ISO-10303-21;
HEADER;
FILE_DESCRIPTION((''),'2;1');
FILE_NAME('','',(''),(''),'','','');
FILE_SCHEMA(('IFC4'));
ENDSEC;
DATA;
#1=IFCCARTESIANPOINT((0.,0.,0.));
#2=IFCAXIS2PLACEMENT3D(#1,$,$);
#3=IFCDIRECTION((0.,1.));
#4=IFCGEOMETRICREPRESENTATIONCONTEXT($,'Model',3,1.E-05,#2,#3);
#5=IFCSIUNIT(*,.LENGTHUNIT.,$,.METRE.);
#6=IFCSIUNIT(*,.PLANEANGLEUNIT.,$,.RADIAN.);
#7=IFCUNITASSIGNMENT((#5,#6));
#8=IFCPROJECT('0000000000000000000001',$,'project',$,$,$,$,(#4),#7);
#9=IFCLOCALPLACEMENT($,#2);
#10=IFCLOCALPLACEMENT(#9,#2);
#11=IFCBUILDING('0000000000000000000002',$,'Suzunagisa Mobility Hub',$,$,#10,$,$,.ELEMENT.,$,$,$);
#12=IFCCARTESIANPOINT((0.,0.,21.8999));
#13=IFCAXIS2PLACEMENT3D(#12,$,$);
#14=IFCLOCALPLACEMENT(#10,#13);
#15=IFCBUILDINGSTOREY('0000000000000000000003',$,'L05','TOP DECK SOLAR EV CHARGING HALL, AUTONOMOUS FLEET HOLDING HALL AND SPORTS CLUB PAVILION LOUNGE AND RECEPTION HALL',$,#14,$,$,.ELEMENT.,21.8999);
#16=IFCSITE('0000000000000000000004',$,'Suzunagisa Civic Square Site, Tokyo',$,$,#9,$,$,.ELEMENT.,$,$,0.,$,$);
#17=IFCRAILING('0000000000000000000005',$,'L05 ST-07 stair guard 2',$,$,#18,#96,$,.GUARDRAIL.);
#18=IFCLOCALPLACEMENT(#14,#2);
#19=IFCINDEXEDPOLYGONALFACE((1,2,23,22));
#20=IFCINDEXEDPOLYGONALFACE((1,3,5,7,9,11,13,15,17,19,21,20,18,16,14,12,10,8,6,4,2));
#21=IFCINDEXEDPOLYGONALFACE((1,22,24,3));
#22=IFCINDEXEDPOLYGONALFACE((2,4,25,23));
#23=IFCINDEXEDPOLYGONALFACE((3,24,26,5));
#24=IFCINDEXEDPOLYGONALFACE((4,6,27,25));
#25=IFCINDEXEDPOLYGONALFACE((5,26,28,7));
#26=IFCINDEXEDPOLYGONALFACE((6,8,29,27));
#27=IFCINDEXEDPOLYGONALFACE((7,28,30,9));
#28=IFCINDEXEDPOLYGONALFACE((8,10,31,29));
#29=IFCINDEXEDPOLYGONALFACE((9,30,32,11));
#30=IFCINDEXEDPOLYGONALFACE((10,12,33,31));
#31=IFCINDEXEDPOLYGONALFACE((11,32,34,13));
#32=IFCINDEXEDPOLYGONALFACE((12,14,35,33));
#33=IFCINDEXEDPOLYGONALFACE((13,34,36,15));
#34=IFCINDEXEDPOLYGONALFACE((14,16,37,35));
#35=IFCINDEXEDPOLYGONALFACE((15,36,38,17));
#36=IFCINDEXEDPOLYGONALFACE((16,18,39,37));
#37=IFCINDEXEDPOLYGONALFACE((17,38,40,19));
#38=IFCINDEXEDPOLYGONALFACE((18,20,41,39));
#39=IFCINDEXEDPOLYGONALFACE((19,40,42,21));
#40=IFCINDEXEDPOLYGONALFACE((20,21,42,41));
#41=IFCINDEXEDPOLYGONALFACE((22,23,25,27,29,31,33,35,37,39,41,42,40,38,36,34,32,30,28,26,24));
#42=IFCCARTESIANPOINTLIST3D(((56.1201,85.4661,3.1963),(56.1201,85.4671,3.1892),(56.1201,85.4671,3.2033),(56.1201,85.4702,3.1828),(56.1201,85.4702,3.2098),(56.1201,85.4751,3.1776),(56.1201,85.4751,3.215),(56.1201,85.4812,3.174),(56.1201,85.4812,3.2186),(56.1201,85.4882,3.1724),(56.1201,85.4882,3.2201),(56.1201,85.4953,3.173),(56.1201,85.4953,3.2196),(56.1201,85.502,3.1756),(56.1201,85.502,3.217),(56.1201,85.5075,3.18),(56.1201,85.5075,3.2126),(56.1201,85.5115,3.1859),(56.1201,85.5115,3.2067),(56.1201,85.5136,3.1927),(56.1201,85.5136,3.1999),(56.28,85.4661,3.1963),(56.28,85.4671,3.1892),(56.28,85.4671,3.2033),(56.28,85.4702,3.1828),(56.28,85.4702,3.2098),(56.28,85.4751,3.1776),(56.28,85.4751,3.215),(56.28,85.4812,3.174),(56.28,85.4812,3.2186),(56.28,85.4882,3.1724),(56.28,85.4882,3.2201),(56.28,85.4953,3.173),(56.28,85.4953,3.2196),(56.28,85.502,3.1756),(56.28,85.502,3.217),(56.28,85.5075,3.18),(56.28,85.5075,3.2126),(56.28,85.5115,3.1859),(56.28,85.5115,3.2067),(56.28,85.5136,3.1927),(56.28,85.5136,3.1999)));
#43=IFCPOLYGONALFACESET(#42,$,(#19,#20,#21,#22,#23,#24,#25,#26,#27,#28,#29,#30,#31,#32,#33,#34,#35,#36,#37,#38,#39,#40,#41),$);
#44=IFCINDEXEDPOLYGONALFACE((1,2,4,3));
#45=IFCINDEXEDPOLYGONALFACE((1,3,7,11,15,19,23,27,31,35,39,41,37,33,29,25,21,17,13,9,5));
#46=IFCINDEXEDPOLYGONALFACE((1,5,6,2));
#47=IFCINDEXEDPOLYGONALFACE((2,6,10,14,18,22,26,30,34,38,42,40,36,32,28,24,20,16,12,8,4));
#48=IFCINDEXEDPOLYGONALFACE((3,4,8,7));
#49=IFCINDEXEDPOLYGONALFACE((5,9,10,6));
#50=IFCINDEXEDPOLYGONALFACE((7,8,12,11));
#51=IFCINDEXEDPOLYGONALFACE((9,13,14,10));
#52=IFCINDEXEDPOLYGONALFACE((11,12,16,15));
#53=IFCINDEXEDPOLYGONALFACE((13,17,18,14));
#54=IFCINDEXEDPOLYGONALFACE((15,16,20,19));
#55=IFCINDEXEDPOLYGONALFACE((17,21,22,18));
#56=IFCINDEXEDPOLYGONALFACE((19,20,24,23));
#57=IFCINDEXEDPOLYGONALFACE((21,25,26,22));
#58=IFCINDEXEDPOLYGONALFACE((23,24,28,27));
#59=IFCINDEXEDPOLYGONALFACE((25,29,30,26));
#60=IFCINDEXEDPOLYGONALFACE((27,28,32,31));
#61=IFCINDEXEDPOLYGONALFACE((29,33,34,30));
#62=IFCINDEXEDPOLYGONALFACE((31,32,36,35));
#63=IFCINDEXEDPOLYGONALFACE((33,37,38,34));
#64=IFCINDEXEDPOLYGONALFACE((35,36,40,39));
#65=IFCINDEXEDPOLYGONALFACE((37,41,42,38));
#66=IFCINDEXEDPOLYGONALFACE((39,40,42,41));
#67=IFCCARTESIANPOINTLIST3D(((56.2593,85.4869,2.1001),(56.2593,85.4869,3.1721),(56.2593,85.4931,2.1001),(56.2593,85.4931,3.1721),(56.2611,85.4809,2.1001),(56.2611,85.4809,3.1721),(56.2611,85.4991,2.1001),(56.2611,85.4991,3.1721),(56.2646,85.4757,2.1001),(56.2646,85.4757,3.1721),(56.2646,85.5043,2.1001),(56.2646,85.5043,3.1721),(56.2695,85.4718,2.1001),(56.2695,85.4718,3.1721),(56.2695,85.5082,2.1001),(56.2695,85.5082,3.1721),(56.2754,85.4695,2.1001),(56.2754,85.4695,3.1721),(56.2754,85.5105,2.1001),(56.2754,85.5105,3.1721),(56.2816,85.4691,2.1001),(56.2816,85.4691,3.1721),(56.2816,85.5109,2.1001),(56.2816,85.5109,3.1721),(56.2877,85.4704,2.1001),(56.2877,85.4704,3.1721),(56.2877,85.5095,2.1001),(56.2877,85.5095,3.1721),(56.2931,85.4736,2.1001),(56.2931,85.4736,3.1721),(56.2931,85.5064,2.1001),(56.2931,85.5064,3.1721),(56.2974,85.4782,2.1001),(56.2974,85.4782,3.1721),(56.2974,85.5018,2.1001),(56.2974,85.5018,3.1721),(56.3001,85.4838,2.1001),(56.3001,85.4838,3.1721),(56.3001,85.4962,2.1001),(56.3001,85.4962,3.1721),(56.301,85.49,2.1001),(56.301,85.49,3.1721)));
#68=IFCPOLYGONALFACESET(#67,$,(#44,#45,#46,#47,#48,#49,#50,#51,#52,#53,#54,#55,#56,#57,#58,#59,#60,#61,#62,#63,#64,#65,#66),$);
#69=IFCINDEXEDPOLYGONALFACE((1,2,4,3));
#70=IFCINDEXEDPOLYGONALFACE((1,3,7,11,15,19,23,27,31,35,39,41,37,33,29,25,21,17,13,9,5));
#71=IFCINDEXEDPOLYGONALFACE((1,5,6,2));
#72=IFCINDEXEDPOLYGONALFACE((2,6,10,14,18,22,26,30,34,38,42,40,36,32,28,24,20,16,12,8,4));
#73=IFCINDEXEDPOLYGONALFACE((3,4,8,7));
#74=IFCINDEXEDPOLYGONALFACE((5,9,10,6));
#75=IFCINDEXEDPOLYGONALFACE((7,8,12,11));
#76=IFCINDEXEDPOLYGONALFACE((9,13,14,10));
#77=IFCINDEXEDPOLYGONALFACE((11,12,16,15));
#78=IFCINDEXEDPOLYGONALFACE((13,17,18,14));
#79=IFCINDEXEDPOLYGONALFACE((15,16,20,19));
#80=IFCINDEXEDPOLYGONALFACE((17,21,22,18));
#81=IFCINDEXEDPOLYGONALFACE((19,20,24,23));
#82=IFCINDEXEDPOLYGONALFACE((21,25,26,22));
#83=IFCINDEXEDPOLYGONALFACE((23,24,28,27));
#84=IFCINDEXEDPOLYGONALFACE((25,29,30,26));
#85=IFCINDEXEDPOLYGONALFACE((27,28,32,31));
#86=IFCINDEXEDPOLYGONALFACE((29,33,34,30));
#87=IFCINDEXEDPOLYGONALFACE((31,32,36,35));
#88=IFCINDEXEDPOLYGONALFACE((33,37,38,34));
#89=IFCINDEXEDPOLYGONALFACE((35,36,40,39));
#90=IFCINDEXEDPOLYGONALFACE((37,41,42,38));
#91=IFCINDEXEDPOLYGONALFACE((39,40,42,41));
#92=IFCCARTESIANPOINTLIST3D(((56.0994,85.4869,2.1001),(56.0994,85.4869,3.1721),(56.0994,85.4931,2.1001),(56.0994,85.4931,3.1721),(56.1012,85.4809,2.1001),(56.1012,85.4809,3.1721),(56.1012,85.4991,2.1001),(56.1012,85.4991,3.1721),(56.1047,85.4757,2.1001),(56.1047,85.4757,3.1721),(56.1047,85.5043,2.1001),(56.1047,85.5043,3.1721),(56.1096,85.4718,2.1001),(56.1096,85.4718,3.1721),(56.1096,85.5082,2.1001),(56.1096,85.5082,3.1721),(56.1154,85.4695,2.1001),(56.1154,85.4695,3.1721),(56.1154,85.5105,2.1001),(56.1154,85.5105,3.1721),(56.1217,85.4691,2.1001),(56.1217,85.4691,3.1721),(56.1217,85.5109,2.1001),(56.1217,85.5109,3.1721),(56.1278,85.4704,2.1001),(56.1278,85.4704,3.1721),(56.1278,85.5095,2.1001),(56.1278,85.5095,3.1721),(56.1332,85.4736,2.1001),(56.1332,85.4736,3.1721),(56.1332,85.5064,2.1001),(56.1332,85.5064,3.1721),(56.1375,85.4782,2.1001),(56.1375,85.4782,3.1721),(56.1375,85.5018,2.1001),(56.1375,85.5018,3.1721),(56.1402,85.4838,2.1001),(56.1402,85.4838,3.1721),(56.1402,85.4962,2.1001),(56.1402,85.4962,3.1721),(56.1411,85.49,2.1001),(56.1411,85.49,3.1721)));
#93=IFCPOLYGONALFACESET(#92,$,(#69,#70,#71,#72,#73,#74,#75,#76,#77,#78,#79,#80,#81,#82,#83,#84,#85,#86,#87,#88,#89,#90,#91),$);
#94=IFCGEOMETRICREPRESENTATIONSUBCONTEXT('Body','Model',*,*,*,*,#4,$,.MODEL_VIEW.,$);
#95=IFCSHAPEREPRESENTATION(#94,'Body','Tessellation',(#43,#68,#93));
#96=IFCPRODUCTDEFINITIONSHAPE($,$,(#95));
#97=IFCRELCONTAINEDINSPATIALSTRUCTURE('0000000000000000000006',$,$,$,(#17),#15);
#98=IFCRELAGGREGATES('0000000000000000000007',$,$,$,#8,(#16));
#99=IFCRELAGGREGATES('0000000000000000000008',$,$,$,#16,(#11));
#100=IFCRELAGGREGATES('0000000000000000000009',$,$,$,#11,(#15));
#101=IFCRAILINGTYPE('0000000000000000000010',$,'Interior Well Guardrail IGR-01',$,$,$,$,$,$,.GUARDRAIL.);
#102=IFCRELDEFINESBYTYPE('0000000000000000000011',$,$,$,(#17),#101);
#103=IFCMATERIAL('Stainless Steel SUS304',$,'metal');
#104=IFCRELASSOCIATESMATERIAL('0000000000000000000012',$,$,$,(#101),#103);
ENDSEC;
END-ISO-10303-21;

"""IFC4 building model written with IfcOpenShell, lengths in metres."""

from ifc_helpers import new_model, si_unit, direction, frame, origin, origin_2d, place, context, subcontext, project, spatial, circle, extrude, material, type_object, element, save


model = new_model("IFC4")

# Units and contexts
model_context = context("Model", 3, precision=1e-05, world=origin(), true_north=direction((0.0, 1.0)))
body_context = subcontext(model_context, "Body", "Model", "MODEL_VIEW")
ifc_project = project(units=[si_unit("LENGTHUNIT", "METRE"), si_unit("PLANEANGLEUNIT", "RADIAN")], contexts=[model_context])

# Site, building, storey
site_placement = place(None, origin())
site = spatial("IfcSite", under=ifc_project, at=site_placement, Name="Suzunagisa Civic Square Site, Tokyo", CompositionType="ELEMENT", RefElevation=0.0)
building_placement = place(site_placement, origin())
building = spatial("IfcBuilding", under=site, at=building_placement, Name="Suzunagisa Mobility Hub", CompositionType="ELEMENT")
storey_placement = place(building_placement, frame((0.0, 0.0, 21.8999)))
storey = spatial("IfcBuildingStorey", under=building, at=storey_placement, Name="L05", Description="TOP DECK SOLAR EV CHARGING HALL, AUTONOMOUS FLEET HOLDING HALL AND SPORTS CLUB PAVILION LOUNGE AND RECEPTION HALL", CompositionType="ELEMENT", Elevation=21.8999)

# Railing
ifc_material_1 = material(Name="Stainless Steel SUS304", Category="metal")
railing_type_1 = type_object("IfcRailingType", Name="Interior Well Guardrail IGR-01", PredefinedType="GUARDRAIL", material=ifc_material_1)
railing_1_placement = place(storey_placement, frame((56.28, 85.49, 2.1001)))
element("IfcRailing", 1, at=railing_1_placement, inside=storey, type_object=railing_type_1, Name="L05 ST-07 stair guard 2", PredefinedType="GUARDRAIL", context=body_context, shape_type="SweptSolid", body=[
    extrude(circle(Radius=0.0239, at=origin_2d()), frame((0.0, 0.0, 1.0962), z_axis=(-1.0, 0.0, 0.0), x_axis=(0.0, -1.0, 0.0)), (0.0, 0.0, 1.0), 0.1599),
    extrude(circle(Radius=0.021, at=origin_2d()), origin(), (0.0, 0.0, 1.0), 1.072),
    extrude(circle(Radius=0.021, at=origin_2d()), frame((-0.1599, 0.0, 0.0)), (0.0, 0.0, 1.0), 1.072),
])

save(model, "model.ifc")
